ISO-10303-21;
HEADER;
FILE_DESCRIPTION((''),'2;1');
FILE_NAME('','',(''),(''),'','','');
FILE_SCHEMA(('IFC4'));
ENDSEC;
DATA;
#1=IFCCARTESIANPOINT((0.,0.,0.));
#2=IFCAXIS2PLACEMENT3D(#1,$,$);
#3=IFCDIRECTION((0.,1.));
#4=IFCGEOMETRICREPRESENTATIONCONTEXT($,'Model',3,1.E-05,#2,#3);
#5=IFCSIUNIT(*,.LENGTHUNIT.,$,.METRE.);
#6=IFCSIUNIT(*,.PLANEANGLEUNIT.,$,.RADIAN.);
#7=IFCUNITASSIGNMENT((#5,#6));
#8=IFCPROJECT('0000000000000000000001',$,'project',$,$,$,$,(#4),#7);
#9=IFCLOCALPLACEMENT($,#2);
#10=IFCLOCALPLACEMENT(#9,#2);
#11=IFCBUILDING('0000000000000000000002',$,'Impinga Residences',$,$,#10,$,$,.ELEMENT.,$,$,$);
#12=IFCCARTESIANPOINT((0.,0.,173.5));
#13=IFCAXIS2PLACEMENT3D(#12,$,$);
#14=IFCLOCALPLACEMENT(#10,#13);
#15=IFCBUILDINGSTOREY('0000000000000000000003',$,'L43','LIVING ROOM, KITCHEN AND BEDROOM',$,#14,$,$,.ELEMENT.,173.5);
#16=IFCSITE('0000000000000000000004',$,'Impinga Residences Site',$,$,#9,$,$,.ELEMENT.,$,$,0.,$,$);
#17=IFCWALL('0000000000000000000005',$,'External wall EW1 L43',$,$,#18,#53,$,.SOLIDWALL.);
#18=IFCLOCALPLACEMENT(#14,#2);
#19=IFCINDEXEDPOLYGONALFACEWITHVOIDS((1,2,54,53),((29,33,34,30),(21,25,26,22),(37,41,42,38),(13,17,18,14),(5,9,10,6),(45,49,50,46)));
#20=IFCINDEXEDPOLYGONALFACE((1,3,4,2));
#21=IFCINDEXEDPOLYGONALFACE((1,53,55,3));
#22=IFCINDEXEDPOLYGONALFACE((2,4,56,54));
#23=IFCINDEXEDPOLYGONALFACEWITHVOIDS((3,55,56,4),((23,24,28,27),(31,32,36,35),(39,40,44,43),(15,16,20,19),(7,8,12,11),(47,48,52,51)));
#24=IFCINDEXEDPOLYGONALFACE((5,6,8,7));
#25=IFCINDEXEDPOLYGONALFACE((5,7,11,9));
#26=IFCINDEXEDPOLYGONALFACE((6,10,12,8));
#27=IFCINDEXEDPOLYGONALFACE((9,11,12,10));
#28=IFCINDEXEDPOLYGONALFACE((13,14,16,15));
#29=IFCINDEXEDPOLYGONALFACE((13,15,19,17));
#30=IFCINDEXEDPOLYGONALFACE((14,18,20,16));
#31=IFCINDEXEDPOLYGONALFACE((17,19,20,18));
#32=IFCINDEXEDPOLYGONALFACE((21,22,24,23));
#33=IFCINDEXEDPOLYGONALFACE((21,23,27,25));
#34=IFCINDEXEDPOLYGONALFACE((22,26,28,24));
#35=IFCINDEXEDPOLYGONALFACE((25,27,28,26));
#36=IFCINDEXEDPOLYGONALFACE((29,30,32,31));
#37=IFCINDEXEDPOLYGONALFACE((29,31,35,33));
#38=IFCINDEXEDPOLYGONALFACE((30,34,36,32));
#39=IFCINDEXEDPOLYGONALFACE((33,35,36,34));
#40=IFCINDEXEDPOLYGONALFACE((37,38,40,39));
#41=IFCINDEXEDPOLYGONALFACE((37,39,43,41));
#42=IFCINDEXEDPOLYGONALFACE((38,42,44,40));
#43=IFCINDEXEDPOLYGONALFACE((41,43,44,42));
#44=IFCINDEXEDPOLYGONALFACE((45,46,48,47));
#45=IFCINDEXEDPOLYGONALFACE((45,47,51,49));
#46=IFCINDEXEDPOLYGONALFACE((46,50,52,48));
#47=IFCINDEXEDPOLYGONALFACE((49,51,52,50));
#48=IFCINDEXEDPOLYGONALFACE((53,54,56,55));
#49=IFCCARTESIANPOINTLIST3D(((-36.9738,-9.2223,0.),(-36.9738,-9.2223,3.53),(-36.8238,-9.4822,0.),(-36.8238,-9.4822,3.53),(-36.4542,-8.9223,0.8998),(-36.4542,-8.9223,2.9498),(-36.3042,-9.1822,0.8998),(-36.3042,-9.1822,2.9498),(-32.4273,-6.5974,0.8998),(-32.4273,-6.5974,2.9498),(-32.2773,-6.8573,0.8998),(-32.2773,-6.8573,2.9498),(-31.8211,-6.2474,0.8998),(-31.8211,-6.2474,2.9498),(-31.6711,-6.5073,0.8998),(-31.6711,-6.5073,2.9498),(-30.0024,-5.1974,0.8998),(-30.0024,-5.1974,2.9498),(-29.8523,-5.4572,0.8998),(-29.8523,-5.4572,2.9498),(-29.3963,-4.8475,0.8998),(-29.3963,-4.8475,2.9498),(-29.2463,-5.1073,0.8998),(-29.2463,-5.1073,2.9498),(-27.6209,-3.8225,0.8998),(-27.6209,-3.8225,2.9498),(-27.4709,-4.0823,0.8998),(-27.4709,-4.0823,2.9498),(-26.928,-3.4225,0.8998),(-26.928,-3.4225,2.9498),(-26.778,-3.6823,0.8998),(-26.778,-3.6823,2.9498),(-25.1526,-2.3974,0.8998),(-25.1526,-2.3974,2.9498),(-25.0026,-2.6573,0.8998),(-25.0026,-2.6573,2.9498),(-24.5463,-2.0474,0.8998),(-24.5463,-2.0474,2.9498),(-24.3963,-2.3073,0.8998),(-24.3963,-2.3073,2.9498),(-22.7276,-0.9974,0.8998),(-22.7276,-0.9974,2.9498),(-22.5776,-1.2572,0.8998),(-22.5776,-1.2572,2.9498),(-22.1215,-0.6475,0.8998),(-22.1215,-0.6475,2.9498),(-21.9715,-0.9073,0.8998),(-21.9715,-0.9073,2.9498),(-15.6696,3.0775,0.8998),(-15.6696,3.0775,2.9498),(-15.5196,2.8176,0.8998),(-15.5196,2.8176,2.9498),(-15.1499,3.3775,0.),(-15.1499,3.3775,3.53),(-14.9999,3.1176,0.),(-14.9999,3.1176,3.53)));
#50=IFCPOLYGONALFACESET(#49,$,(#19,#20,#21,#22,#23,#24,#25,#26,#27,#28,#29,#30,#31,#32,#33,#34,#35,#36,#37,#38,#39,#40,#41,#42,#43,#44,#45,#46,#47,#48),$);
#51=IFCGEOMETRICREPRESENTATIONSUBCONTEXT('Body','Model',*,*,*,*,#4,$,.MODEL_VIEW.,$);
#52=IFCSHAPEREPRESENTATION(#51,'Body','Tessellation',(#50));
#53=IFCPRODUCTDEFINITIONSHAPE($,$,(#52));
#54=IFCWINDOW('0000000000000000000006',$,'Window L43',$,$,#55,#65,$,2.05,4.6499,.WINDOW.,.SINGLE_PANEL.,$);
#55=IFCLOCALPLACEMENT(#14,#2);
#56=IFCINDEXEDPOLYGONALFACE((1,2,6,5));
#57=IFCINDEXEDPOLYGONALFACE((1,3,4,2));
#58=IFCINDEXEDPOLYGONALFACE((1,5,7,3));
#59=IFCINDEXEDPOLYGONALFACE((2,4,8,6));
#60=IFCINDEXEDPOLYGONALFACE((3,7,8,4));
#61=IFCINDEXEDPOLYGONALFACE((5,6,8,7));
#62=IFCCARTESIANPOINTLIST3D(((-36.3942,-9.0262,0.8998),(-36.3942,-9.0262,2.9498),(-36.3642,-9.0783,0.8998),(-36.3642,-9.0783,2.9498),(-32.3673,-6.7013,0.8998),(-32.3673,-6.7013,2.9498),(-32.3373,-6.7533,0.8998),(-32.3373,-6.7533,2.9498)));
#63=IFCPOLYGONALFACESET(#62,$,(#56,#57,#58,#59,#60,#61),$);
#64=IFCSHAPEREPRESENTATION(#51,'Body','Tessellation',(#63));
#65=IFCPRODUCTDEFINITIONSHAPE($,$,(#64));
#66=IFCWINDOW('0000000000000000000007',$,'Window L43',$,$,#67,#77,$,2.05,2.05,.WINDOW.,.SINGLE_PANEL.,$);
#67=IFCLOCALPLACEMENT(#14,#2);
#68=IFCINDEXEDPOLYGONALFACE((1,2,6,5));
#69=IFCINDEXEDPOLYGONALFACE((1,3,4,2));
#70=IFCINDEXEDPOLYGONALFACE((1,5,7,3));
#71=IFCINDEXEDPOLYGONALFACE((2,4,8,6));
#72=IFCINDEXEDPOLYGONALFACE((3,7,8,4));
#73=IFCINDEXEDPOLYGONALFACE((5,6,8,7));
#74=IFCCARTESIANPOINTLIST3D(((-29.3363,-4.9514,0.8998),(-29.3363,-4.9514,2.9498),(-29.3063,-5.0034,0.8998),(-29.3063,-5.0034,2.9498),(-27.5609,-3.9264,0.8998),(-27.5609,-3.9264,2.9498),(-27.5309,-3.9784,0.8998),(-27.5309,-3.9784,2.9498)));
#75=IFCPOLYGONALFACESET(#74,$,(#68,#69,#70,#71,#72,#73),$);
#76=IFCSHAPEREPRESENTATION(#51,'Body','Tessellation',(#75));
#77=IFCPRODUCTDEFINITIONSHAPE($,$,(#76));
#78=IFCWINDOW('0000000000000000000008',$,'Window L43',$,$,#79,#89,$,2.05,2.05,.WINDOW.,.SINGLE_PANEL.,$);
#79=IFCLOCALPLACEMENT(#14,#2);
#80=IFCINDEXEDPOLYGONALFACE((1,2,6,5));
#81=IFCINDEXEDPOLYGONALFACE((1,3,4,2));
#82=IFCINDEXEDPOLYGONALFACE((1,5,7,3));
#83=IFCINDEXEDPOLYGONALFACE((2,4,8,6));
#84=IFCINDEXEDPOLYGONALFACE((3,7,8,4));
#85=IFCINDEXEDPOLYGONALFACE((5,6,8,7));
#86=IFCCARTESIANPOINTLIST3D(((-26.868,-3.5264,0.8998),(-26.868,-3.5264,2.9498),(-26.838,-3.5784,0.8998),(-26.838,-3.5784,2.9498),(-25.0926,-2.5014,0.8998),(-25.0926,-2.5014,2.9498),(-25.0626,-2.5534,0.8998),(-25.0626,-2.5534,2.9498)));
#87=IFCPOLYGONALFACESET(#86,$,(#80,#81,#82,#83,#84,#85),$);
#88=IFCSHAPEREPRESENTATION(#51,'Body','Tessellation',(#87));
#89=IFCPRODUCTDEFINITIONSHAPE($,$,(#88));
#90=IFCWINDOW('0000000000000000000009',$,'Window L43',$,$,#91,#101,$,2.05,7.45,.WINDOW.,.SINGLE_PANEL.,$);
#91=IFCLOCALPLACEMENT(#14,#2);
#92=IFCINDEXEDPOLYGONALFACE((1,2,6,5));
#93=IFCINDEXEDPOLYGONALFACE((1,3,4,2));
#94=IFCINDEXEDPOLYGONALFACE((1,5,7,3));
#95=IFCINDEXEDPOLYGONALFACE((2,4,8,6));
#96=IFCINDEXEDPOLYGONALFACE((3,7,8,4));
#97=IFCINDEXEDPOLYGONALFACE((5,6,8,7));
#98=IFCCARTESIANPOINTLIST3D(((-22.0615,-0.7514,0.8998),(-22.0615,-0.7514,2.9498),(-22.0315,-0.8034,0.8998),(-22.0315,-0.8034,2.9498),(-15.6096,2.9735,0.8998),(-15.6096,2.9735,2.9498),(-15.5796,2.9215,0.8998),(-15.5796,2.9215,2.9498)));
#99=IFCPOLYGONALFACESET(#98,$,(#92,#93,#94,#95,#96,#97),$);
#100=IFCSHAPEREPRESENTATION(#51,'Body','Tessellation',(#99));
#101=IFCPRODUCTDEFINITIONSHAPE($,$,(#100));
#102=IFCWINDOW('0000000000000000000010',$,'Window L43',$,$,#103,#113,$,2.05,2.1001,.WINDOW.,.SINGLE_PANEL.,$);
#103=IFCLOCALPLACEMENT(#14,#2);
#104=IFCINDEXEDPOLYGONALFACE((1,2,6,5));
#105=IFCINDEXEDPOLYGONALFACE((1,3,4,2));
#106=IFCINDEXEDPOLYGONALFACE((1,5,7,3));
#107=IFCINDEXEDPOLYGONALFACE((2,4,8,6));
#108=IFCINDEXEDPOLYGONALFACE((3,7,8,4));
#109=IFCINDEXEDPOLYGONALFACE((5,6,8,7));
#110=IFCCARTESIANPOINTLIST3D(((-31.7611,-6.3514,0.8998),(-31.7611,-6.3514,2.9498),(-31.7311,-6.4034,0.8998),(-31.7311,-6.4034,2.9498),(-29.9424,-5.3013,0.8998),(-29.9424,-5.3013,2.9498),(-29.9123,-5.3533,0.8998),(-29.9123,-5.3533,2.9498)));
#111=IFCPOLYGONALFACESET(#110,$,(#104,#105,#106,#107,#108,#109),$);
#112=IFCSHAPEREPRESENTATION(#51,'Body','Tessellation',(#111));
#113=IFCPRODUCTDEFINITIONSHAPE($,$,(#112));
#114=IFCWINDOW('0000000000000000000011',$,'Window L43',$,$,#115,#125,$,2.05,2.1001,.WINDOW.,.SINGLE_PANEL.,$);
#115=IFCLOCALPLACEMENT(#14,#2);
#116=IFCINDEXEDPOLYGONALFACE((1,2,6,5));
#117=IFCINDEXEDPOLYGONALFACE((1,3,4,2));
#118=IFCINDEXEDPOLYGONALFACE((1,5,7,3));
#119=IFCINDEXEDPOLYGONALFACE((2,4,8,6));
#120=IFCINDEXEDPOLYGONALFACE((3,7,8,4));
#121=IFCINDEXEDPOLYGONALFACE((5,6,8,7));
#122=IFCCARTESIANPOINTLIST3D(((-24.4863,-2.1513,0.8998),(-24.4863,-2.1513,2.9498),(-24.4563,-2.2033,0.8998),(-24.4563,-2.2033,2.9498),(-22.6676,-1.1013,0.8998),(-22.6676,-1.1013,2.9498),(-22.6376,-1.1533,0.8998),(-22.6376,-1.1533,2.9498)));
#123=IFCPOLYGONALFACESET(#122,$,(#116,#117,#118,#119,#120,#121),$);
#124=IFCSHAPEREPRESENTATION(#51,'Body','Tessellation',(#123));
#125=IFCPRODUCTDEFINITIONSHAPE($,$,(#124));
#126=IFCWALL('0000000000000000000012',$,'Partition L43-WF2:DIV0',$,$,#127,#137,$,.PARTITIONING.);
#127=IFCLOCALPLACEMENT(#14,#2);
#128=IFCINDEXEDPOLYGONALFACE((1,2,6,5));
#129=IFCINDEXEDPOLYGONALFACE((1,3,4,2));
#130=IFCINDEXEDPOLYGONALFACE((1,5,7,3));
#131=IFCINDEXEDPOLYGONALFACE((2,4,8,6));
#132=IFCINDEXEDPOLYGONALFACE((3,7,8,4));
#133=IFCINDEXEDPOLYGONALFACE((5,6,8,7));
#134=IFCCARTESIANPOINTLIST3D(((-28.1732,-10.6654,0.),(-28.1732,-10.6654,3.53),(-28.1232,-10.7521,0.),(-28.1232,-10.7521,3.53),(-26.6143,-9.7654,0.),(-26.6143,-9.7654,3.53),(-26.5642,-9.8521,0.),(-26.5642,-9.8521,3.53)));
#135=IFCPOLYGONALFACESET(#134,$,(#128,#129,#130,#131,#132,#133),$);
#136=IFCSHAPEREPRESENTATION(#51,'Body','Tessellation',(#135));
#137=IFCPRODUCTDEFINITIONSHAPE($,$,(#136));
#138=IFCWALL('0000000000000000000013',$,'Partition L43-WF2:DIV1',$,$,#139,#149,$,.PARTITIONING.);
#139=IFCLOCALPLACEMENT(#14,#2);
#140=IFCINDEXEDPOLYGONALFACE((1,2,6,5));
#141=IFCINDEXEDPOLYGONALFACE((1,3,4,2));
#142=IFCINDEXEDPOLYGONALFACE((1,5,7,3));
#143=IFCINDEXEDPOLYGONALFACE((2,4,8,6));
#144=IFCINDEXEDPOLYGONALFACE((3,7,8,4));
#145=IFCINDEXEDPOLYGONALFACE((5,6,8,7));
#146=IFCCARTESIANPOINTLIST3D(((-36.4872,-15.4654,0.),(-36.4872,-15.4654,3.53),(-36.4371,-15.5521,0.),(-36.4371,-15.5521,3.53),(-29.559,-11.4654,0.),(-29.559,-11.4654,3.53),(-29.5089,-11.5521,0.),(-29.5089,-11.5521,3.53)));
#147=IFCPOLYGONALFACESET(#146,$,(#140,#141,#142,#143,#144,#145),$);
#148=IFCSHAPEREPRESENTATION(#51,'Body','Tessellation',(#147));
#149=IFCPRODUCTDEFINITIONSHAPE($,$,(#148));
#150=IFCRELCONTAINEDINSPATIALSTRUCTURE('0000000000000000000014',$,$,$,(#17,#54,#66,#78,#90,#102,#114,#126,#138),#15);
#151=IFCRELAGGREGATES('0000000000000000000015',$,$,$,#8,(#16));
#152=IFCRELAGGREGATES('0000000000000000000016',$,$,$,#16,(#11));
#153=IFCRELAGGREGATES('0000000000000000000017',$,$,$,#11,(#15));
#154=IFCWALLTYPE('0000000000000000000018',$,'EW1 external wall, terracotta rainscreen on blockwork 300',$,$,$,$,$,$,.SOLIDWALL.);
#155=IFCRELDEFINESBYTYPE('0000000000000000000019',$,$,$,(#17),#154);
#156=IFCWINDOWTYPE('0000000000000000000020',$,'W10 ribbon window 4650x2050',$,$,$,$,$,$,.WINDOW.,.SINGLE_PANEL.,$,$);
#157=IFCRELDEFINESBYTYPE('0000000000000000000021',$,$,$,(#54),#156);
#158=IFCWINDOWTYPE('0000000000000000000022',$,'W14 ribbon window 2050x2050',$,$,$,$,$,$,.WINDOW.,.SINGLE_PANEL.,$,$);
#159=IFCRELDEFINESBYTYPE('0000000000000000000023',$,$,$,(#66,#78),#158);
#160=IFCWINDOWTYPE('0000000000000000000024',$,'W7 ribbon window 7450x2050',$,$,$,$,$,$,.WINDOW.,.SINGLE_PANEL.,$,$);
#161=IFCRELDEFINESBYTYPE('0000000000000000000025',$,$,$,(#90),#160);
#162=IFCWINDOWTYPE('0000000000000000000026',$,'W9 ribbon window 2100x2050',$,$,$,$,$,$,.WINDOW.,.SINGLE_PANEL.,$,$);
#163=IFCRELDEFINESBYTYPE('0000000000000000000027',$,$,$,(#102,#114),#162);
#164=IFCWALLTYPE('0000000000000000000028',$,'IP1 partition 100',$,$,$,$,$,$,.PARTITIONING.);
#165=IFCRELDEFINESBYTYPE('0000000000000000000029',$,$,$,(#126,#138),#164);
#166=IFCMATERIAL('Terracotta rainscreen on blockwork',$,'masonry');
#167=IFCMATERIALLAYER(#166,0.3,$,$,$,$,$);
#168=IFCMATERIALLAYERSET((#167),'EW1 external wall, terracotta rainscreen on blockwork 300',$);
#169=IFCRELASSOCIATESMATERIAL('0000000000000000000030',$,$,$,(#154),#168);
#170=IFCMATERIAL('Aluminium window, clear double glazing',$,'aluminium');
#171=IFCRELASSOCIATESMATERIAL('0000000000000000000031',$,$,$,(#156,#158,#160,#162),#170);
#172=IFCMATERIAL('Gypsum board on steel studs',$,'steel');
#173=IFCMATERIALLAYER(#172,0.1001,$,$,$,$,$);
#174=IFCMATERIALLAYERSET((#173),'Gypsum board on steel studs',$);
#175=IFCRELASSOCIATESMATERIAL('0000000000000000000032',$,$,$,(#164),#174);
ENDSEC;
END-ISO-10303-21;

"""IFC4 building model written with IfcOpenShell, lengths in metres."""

from ifc_helpers import new_model, si_unit, direction, frame, frame_2d, origin, place, context, subcontext, project, spatial, rectangle, extrude, material, layer, layer_set, type_object, element, fill, save


model = new_model("IFC4")

# Units and contexts
model_context = context("Model", 3, precision=1e-05, world=origin(), true_north=direction((0.0, 1.0)))
body_context = subcontext(model_context, "Body", "Model", "MODEL_VIEW")
ifc_project = project(units=[si_unit("LENGTHUNIT", "METRE"), si_unit("PLANEANGLEUNIT", "RADIAN")], contexts=[model_context])

# Site, building, storey
site_placement = place(None, origin())
site = spatial("IfcSite", under=ifc_project, at=site_placement, Name="Impinga Residences Site", CompositionType="ELEMENT", RefElevation=0.0)
building_placement = place(site_placement, origin())
building = spatial("IfcBuilding", under=site, at=building_placement, Name="Impinga Residences", CompositionType="ELEMENT")
storey_placement = place(building_placement, frame((0.0, 0.0, 173.5)))
storey = spatial("IfcBuildingStorey", under=building, at=storey_placement, Name="L43", Description="LIVING ROOM, KITCHEN AND BEDROOM", CompositionType="ELEMENT", Elevation=173.5)

# Shared definitions
ifc_material_1 = material(Name="Terracotta rainscreen on blockwork", Category="masonry")
ifc_layer_1 = layer(ifc_material_1, 0.3)
ifc_layer_set_1 = layer_set([ifc_layer_1], Name="EW1 external wall, terracotta rainscreen on blockwork 300")
wall_type_1 = type_object("IfcWallType", Name="EW1 external wall, terracotta rainscreen on blockwork 300", PredefinedType="SOLIDWALL", material=ifc_layer_set_1)

# Wall, openings, windows
wall_1_placement = place(storey_placement, frame((-36.8989, -9.3523, 0.0), z_axis=(0.0, 0.0, 1.0), x_axis=(0.866029, 0.499993, 0.0)))
wall_1 = element("IfcWall", 1, at=wall_1_placement, inside=storey, type_object=wall_type_1, Name="External wall EW1 L43", PredefinedType="SOLIDWALL", context=body_context, shape_type="SweptSolid", body=[
    extrude(rectangle(XDim=25.2, YDim=0.3, at=frame_2d((12.6001, 0.0))), origin(), (0.0, 0.0, 1.0), 3.53),
])
opening_1_placement = place(wall_1_placement, frame((0.6001, 0.0, 0.8999)))
opening_1 = element("IfcOpeningElement", 2, at=opening_1_placement, cuts=wall_1, PredefinedType="OPENING", context=body_context, shape_type="SweptSolid", body=[
    extrude(rectangle(XDim=4.6499, YDim=2.05, at=frame_2d((2.325, 1.0249))), frame((0.0, 0.1599, 0.0), z_axis=(0.0, -1.0, 0.0), x_axis=(1.0, 0.0, 0.0)), (0.0, 0.0, 1.0), 0.3201),
])
opening_2_placement = place(wall_1_placement, frame((5.95, 0.0, 0.8999)))
opening_2 = element("IfcOpeningElement", 3, at=opening_2_placement, cuts=wall_1, PredefinedType="OPENING", context=body_context, shape_type="SweptSolid", body=[
    extrude(rectangle(XDim=2.1001, YDim=2.05, at=frame_2d((1.05, 1.0249))), frame((0.0, 0.1599, 0.0), z_axis=(0.0, -1.0, 0.0), x_axis=(1.0, 0.0, 0.0)), (0.0, 0.0, 1.0), 0.3201),
])
opening_3_placement = place(wall_1_placement, frame((8.75, 0.0, 0.8999)))
opening_3 = element("IfcOpeningElement", 4, at=opening_3_placement, cuts=wall_1, PredefinedType="OPENING", context=body_context, shape_type="SweptSolid", body=[
    extrude(rectangle(XDim=2.05, YDim=2.05, at=frame_2d((1.0249, 1.0249))), frame((0.0, 0.1599, 0.0), z_axis=(0.0, -1.0, 0.0), x_axis=(1.0, 0.0, 0.0)), (0.0, 0.0, 1.0), 0.3201),
])
opening_4_placement = place(wall_1_placement, frame((11.6001, 0.0, 0.8999)))
opening_4 = element("IfcOpeningElement", 5, at=opening_4_placement, cuts=wall_1, PredefinedType="OPENING", context=body_context, shape_type="SweptSolid", body=[
    extrude(rectangle(XDim=2.05, YDim=2.05, at=frame_2d((1.0249, 1.0249))), frame((0.0, 0.1599, 0.0), z_axis=(0.0, -1.0, 0.0), x_axis=(1.0, 0.0, 0.0)), (0.0, 0.0, 1.0), 0.3201),
])
opening_5_placement = place(wall_1_placement, frame((14.3501, 0.0, 0.8999)))
opening_5 = element("IfcOpeningElement", 6, at=opening_5_placement, cuts=wall_1, PredefinedType="OPENING", context=body_context, shape_type="SweptSolid", body=[
    extrude(rectangle(XDim=2.1001, YDim=2.05, at=frame_2d((1.05, 1.0249))), frame((0.0, 0.1599, 0.0), z_axis=(0.0, -1.0, 0.0), x_axis=(1.0, 0.0, 0.0)), (0.0, 0.0, 1.0), 0.3201),
])
opening_6_placement = place(wall_1_placement, frame((17.1499, 0.0, 0.8999)))
opening_6 = element("IfcOpeningElement", 7, at=opening_6_placement, cuts=wall_1, PredefinedType="OPENING", context=body_context, shape_type="SweptSolid", body=[
    extrude(rectangle(XDim=7.45, YDim=2.05, at=frame_2d((3.7251, 1.0249))), frame((0.0, 0.1599, 0.0), z_axis=(0.0, -1.0, 0.0), x_axis=(1.0, 0.0, 0.0)), (0.0, 0.0, 1.0), 0.3201),
])
ifc_material_2 = material(Name="Aluminium window, clear double glazing", Category="aluminium")
window_type_1 = type_object("IfcWindowType", Name="W10 ribbon window 4650x2050", PartitioningType="SINGLE_PANEL", PredefinedType="WINDOW", material=ifc_material_2)
window_1_placement = place(opening_1_placement, origin())
window_1 = element("IfcWindow", 8, at=window_1_placement, inside=storey, type_object=window_type_1, Name="Window L43", OverallHeight=2.05, OverallWidth=4.6499, PartitioningType="SINGLE_PANEL", PredefinedType="WINDOW", context=body_context, shape_type="SweptSolid", body=[
    extrude(rectangle(XDim=4.6499, YDim=2.05, at=frame_2d((2.325, 1.0249))), frame((0.0, 0.03, 0.0), z_axis=(0.0, -1.0, 0.0), x_axis=(1.0, 0.0, 0.0)), (0.0, 0.0, 1.0), 0.0601),
])
fill(opening_1, window_1)
window_type_2 = type_object("IfcWindowType", Name="W14 ribbon window 2050x2050", PartitioningType="SINGLE_PANEL", PredefinedType="WINDOW", material=ifc_material_2)
window_2_placement = place(opening_3_placement, origin())
window_2 = element("IfcWindow", 9, at=window_2_placement, inside=storey, type_object=window_type_2, Name="Window L43", OverallHeight=2.05, OverallWidth=2.05, PartitioningType="SINGLE_PANEL", PredefinedType="WINDOW", context=body_context, shape_type="SweptSolid", body=[
    extrude(rectangle(XDim=2.05, YDim=2.05, at=frame_2d((1.0249, 1.0249))), frame((0.0, 0.03, 0.0), z_axis=(0.0, -1.0, 0.0), x_axis=(1.0, 0.0, 0.0)), (0.0, 0.0, 1.0), 0.0601),
])
fill(opening_3, window_2)
window_3_placement = place(opening_4_placement, origin())
window_3 = element("IfcWindow", 10, at=window_3_placement, inside=storey, type_object=window_type_2, Name="Window L43", OverallHeight=2.05, OverallWidth=2.05, PartitioningType="SINGLE_PANEL", PredefinedType="WINDOW", context=body_context, shape_type="SweptSolid", body=[
    extrude(rectangle(XDim=2.05, YDim=2.05, at=frame_2d((1.0249, 1.0249))), frame((0.0, 0.03, 0.0), z_axis=(0.0, -1.0, 0.0), x_axis=(1.0, 0.0, 0.0)), (0.0, 0.0, 1.0), 0.0601),
])
fill(opening_4, window_3)
window_type_3 = type_object("IfcWindowType", Name="W7 ribbon window 7450x2050", PartitioningType="SINGLE_PANEL", PredefinedType="WINDOW", material=ifc_material_2)
window_4_placement = place(opening_6_placement, origin())
window_4 = element("IfcWindow", 11, at=window_4_placement, inside=storey, type_object=window_type_3, Name="Window L43", OverallHeight=2.05, OverallWidth=7.45, PartitioningType="SINGLE_PANEL", PredefinedType="WINDOW", context=body_context, shape_type="SweptSolid", body=[
    extrude(rectangle(XDim=7.45, YDim=2.05, at=frame_2d((3.7251, 1.0249))), frame((0.0, 0.03, 0.0), z_axis=(0.0, -1.0, 0.0), x_axis=(1.0, 0.0, 0.0)), (0.0, 0.0, 1.0), 0.0601),
])
fill(opening_6, window_4)
window_type_4 = type_object("IfcWindowType", Name="W9 ribbon window 2100x2050", PartitioningType="SINGLE_PANEL", PredefinedType="WINDOW", material=ifc_material_2)
window_5_placement = place(opening_2_placement, origin())
window_5 = element("IfcWindow", 12, at=window_5_placement, inside=storey, type_object=window_type_4, Name="Window L43", OverallHeight=2.05, OverallWidth=2.1001, PartitioningType="SINGLE_PANEL", PredefinedType="WINDOW", context=body_context, shape_type="SweptSolid", body=[
    extrude(rectangle(XDim=2.1001, YDim=2.05, at=frame_2d((1.05, 1.0249))), frame((0.0, 0.03, 0.0), z_axis=(0.0, -1.0, 0.0), x_axis=(1.0, 0.0, 0.0)), (0.0, 0.0, 1.0), 0.0601),
])
fill(opening_2, window_5)
window_6_placement = place(opening_5_placement, origin())
window_6 = element("IfcWindow", 13, at=window_6_placement, inside=storey, type_object=window_type_4, Name="Window L43", OverallHeight=2.05, OverallWidth=2.1001, PartitioningType="SINGLE_PANEL", PredefinedType="WINDOW", context=body_context, shape_type="SweptSolid", body=[
    extrude(rectangle(XDim=2.1001, YDim=2.05, at=frame_2d((1.05, 1.0249))), frame((0.0, 0.03, 0.0), z_axis=(0.0, -1.0, 0.0), x_axis=(1.0, 0.0, 0.0)), (0.0, 0.0, 1.0), 0.0601),
])
fill(opening_5, window_6)

# Walls
ifc_material_3 = material(Name="Gypsum board on steel studs", Category="steel")
ifc_layer_2 = layer(ifc_material_3, 0.1001)
ifc_layer_set_2 = layer_set([ifc_layer_2], Name="Gypsum board on steel studs")
wall_type_2 = type_object("IfcWallType", Name="IP1 partition 100", PredefinedType="PARTITIONING", material=ifc_layer_set_2)
wall_2_placement = place(storey_placement, frame((-26.5894, -9.8088, 0.0), z_axis=(0.0, 0.0, 1.0), x_axis=(-0.866048, -0.499961, 0.0)))
element("IfcWall", 14, at=wall_2_placement, inside=storey, type_object=wall_type_2, Name="Partition L43-WF2:DIV0", PredefinedType="PARTITIONING", context=body_context, shape_type="SweptSolid", body=[
    extrude(rectangle(XDim=1.8, YDim=0.1001, at=frame_2d((0.8999, 0.0))), origin(), (0.0, 0.0, 1.0), 3.53),
])
wall_3_placement = place(storey_placement, frame((-29.5339, -11.5088, 0.0), z_axis=(0.0, 0.0, 1.0), x_axis=(-0.866026, -0.499999, 0.0)))
element("IfcWall", 15, at=wall_3_placement, inside=storey, type_object=wall_type_2, Name="Partition L43-WF2:DIV1", PredefinedType="PARTITIONING", context=body_context, shape_type="SweptSolid", body=[
    extrude(rectangle(XDim=8.0, YDim=0.1001, at=frame_2d((4.0, 0.0))), origin(), (0.0, 0.0, 1.0), 3.53),
])

save(model, "model.ifc")
